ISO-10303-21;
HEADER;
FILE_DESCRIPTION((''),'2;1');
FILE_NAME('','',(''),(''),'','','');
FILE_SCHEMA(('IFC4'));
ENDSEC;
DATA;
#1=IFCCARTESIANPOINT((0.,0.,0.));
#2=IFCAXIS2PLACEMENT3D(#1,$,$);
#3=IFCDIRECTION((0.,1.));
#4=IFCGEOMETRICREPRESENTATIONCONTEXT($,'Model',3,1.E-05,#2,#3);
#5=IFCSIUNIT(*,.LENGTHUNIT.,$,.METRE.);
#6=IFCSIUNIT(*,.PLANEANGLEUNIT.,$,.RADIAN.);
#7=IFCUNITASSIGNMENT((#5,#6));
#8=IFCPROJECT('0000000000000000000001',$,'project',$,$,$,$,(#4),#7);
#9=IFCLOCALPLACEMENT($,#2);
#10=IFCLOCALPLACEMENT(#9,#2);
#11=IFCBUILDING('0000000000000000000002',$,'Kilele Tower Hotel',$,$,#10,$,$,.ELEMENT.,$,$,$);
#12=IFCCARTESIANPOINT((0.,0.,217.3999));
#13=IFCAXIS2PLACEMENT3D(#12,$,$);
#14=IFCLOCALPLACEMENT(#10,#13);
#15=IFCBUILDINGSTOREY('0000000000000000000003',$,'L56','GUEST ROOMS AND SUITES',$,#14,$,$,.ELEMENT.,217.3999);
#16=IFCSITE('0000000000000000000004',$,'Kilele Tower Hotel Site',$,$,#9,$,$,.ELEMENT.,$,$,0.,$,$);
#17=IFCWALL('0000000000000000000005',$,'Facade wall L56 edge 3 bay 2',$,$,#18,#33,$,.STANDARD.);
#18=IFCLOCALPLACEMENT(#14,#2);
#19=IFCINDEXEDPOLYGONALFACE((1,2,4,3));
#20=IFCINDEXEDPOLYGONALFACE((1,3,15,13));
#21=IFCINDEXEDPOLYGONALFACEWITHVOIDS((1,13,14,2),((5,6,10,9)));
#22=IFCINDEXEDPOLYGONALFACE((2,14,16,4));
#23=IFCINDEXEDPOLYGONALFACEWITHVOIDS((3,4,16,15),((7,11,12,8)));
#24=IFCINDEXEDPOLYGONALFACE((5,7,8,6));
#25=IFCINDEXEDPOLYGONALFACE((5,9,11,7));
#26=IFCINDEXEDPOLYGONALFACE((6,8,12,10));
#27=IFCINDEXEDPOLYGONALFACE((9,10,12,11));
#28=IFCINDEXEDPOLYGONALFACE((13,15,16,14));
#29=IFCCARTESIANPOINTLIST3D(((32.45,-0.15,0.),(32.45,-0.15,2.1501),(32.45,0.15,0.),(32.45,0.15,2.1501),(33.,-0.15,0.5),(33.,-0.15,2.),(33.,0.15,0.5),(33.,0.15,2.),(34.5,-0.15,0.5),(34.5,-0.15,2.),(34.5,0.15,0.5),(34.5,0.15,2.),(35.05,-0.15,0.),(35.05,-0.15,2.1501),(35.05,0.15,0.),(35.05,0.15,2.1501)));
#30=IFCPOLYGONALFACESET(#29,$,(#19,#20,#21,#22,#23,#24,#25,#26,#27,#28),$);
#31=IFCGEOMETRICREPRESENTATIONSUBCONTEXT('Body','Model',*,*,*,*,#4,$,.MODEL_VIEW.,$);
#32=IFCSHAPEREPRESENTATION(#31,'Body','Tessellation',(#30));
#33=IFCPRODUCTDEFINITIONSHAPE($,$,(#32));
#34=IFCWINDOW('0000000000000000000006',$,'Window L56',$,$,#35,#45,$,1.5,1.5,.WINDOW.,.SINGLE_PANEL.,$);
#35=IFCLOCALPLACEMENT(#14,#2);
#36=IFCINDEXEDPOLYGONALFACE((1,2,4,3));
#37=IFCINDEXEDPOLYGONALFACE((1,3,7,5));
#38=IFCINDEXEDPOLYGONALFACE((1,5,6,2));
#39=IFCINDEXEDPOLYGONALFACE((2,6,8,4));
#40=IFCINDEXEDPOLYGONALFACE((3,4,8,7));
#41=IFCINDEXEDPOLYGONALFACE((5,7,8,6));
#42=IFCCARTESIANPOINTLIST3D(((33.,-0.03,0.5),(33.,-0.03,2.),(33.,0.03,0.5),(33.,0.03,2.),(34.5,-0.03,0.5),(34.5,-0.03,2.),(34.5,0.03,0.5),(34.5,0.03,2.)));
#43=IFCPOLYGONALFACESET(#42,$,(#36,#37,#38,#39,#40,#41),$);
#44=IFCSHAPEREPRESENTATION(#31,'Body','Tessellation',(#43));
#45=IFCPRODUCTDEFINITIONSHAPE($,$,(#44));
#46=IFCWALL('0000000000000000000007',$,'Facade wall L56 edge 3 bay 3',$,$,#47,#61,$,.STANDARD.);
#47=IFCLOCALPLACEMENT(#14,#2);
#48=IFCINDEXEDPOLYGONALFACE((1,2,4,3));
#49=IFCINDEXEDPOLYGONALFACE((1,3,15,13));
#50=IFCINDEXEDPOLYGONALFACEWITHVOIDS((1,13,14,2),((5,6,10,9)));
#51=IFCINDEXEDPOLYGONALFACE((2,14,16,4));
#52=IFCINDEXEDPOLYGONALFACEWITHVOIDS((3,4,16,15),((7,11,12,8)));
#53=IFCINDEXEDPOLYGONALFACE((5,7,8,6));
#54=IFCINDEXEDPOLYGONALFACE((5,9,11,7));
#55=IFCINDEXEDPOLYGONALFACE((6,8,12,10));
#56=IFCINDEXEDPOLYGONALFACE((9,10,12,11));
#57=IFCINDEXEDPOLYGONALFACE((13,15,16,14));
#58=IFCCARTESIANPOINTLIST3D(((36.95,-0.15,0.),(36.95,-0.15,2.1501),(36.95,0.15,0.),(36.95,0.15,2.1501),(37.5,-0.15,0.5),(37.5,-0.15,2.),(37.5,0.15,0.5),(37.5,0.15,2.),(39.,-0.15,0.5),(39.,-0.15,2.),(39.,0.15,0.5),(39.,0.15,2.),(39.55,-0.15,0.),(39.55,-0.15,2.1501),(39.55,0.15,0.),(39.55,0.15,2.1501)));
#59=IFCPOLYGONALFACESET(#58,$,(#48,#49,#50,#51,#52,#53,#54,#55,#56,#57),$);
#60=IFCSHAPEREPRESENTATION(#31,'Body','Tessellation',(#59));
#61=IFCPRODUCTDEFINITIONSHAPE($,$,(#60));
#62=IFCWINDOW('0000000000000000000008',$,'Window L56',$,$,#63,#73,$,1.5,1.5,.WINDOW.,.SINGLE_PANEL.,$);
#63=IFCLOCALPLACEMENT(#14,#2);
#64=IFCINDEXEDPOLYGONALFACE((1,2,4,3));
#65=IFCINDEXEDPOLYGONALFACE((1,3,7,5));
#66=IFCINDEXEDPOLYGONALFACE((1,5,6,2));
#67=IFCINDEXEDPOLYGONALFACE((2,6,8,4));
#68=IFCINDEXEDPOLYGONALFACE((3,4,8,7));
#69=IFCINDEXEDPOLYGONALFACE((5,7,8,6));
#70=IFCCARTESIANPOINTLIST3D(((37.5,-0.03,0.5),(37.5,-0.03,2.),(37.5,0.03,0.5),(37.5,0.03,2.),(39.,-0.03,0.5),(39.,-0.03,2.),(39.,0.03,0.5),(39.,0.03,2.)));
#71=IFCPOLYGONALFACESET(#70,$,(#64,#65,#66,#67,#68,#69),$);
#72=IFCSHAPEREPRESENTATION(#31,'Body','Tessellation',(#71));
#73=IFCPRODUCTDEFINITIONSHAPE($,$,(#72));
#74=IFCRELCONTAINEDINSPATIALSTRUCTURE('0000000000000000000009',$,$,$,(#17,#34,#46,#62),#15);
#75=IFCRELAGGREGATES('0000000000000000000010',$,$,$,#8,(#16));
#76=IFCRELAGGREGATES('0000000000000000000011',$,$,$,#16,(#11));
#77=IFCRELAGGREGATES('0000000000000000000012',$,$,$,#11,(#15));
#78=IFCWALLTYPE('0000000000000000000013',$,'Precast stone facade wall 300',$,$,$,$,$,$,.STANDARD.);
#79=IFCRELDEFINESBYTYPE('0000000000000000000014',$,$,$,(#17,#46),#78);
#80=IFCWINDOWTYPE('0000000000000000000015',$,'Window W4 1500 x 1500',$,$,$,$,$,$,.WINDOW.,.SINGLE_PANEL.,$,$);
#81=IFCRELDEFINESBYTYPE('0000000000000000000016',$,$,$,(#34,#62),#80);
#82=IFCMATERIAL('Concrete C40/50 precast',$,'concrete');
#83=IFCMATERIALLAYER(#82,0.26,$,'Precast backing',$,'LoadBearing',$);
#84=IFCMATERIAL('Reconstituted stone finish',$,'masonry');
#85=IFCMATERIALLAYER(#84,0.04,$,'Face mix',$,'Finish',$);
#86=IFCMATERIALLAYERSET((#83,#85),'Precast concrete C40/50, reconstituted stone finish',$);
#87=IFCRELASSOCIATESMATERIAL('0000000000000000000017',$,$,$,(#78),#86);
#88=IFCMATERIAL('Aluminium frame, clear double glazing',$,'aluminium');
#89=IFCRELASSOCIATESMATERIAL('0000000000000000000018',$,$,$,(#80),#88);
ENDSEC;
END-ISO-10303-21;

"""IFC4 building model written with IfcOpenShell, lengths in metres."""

from ifc_helpers import new_model, si_unit, direction, frame, frame_2d, origin, place, context, subcontext, project, spatial, rectangle, extrude, material, layer, layer_set, type_object, element, fill, save


model = new_model("IFC4")

# Units and contexts
model_context = context("Model", 3, precision=1e-05, world=origin(), true_north=direction((0.0, 1.0)))
body_context = subcontext(model_context, "Body", "Model", "MODEL_VIEW")
ifc_project = project(units=[si_unit("LENGTHUNIT", "METRE"), si_unit("PLANEANGLEUNIT", "RADIAN")], contexts=[model_context])

# Site, building, storey
site_placement = place(None, origin())
site = spatial("IfcSite", under=ifc_project, at=site_placement, Name="Kilele Tower Hotel Site", CompositionType="ELEMENT", RefElevation=0.0)
building_placement = place(site_placement, origin())
building = spatial("IfcBuilding", under=site, at=building_placement, Name="Kilele Tower Hotel", CompositionType="ELEMENT")
storey_placement = place(building_placement, frame((0.0, 0.0, 217.3999)))
storey = spatial("IfcBuildingStorey", under=building, at=storey_placement, Name="L56", Description="GUEST ROOMS AND SUITES", CompositionType="ELEMENT", Elevation=217.3999)

# Walls, openings, windows
ifc_material_1 = material(Name="Concrete C40/50 precast", Category="concrete")
ifc_layer_1 = layer(ifc_material_1, 0.26, Name="Precast backing", Category="LoadBearing")
ifc_material_2 = material(Name="Reconstituted stone finish", Category="masonry")
ifc_layer_2 = layer(ifc_material_2, 0.04, Name="Face mix", Category="Finish")
ifc_layer_set_1 = layer_set([ifc_layer_1, ifc_layer_2], Name="Precast concrete C40/50, reconstituted stone finish")
wall_type_1 = type_object("IfcWallType", Name="Precast stone facade wall 300", PredefinedType="STANDARD", material=ifc_layer_set_1)
wall_1_placement = place(storey_placement, frame((32.45, 0.0, 0.0), z_axis=(0.0, 0.0, 1.0), x_axis=(1.0, 0.0, 0.0)))
wall_1 = element("IfcWall", 1, at=wall_1_placement, inside=storey, type_object=wall_type_1, Name="Facade wall L56 edge 3 bay 2", PredefinedType="STANDARD", context=body_context, shape_type="SweptSolid", body=[
    extrude(rectangle(XDim=2.6001, YDim=0.3, at=frame_2d((1.3, 0.0))), origin(), (0.0, 0.0, 1.0), 2.1501),
])
opening_1_placement = place(wall_1_placement, frame((0.55, 0.0, 0.5)))
opening_1 = element("IfcOpeningElement", 2, at=opening_1_placement, cuts=wall_1, PredefinedType="OPENING", context=body_context, shape_type="SweptSolid", body=[
    extrude(rectangle(XDim=1.5, YDim=1.5, at=frame_2d((0.75, 0.75))), frame((0.0, 0.1599, 0.0), z_axis=(0.0, -1.0, 0.0), x_axis=(1.0, 0.0, 0.0)), (0.0, 0.0, 1.0), 0.3201),
])
ifc_material_3 = material(Name="Aluminium frame, clear double glazing", Category="aluminium")
window_type = type_object("IfcWindowType", Name="Window W4 1500 x 1500", PartitioningType="SINGLE_PANEL", PredefinedType="WINDOW", material=ifc_material_3)
window_1_placement = place(opening_1_placement, origin())
window_1 = element("IfcWindow", 3, at=window_1_placement, inside=storey, type_object=window_type, Name="Window L56", OverallHeight=1.5, OverallWidth=1.5, PartitioningType="SINGLE_PANEL", PredefinedType="WINDOW", context=body_context, shape_type="SweptSolid", body=[
    extrude(rectangle(XDim=1.5, YDim=1.5, at=frame_2d((0.75, 0.75))), frame((0.0, 0.03, 0.0), z_axis=(0.0, -1.0, 0.0), x_axis=(1.0, 0.0, 0.0)), (0.0, 0.0, 1.0), 0.0601),
])
fill(opening_1, window_1)
wall_2_placement = place(storey_placement, frame((36.95, 0.0, 0.0), z_axis=(0.0, 0.0, 1.0), x_axis=(1.0, 0.0, 0.0)))
wall_2 = element("IfcWall", 4, at=wall_2_placement, inside=storey, type_object=wall_type_1, Name="Facade wall L56 edge 3 bay 3", PredefinedType="STANDARD", context=body_context, shape_type="SweptSolid", body=[
    extrude(rectangle(XDim=2.6001, YDim=0.3, at=frame_2d((1.3, 0.0))), origin(), (0.0, 0.0, 1.0), 2.1501),
])
opening_2_placement = place(wall_2_placement, frame((0.55, 0.0, 0.5)))
opening_2 = element("IfcOpeningElement", 5, at=opening_2_placement, cuts=wall_2, PredefinedType="OPENING", context=body_context, shape_type="SweptSolid", body=[
    extrude(rectangle(XDim=1.5, YDim=1.5, at=frame_2d((0.75, 0.75))), frame((0.0, 0.1599, 0.0), z_axis=(0.0, -1.0, 0.0), x_axis=(1.0, 0.0, 0.0)), (0.0, 0.0, 1.0), 0.3201),
])
window_2_placement = place(opening_2_placement, origin())
window_2 = element("IfcWindow", 6, at=window_2_placement, inside=storey, type_object=window_type, Name="Window L56", OverallHeight=1.5, OverallWidth=1.5, PartitioningType="SINGLE_PANEL", PredefinedType="WINDOW", context=body_context, shape_type="SweptSolid", body=[
    extrude(rectangle(XDim=1.5, YDim=1.5, at=frame_2d((0.75, 0.75))), frame((0.0, 0.03, 0.0), z_axis=(0.0, -1.0, 0.0), x_axis=(1.0, 0.0, 0.0)), (0.0, 0.0, 1.0), 0.0601),
])
fill(opening_2, window_2)

save(model, "model.ifc")
